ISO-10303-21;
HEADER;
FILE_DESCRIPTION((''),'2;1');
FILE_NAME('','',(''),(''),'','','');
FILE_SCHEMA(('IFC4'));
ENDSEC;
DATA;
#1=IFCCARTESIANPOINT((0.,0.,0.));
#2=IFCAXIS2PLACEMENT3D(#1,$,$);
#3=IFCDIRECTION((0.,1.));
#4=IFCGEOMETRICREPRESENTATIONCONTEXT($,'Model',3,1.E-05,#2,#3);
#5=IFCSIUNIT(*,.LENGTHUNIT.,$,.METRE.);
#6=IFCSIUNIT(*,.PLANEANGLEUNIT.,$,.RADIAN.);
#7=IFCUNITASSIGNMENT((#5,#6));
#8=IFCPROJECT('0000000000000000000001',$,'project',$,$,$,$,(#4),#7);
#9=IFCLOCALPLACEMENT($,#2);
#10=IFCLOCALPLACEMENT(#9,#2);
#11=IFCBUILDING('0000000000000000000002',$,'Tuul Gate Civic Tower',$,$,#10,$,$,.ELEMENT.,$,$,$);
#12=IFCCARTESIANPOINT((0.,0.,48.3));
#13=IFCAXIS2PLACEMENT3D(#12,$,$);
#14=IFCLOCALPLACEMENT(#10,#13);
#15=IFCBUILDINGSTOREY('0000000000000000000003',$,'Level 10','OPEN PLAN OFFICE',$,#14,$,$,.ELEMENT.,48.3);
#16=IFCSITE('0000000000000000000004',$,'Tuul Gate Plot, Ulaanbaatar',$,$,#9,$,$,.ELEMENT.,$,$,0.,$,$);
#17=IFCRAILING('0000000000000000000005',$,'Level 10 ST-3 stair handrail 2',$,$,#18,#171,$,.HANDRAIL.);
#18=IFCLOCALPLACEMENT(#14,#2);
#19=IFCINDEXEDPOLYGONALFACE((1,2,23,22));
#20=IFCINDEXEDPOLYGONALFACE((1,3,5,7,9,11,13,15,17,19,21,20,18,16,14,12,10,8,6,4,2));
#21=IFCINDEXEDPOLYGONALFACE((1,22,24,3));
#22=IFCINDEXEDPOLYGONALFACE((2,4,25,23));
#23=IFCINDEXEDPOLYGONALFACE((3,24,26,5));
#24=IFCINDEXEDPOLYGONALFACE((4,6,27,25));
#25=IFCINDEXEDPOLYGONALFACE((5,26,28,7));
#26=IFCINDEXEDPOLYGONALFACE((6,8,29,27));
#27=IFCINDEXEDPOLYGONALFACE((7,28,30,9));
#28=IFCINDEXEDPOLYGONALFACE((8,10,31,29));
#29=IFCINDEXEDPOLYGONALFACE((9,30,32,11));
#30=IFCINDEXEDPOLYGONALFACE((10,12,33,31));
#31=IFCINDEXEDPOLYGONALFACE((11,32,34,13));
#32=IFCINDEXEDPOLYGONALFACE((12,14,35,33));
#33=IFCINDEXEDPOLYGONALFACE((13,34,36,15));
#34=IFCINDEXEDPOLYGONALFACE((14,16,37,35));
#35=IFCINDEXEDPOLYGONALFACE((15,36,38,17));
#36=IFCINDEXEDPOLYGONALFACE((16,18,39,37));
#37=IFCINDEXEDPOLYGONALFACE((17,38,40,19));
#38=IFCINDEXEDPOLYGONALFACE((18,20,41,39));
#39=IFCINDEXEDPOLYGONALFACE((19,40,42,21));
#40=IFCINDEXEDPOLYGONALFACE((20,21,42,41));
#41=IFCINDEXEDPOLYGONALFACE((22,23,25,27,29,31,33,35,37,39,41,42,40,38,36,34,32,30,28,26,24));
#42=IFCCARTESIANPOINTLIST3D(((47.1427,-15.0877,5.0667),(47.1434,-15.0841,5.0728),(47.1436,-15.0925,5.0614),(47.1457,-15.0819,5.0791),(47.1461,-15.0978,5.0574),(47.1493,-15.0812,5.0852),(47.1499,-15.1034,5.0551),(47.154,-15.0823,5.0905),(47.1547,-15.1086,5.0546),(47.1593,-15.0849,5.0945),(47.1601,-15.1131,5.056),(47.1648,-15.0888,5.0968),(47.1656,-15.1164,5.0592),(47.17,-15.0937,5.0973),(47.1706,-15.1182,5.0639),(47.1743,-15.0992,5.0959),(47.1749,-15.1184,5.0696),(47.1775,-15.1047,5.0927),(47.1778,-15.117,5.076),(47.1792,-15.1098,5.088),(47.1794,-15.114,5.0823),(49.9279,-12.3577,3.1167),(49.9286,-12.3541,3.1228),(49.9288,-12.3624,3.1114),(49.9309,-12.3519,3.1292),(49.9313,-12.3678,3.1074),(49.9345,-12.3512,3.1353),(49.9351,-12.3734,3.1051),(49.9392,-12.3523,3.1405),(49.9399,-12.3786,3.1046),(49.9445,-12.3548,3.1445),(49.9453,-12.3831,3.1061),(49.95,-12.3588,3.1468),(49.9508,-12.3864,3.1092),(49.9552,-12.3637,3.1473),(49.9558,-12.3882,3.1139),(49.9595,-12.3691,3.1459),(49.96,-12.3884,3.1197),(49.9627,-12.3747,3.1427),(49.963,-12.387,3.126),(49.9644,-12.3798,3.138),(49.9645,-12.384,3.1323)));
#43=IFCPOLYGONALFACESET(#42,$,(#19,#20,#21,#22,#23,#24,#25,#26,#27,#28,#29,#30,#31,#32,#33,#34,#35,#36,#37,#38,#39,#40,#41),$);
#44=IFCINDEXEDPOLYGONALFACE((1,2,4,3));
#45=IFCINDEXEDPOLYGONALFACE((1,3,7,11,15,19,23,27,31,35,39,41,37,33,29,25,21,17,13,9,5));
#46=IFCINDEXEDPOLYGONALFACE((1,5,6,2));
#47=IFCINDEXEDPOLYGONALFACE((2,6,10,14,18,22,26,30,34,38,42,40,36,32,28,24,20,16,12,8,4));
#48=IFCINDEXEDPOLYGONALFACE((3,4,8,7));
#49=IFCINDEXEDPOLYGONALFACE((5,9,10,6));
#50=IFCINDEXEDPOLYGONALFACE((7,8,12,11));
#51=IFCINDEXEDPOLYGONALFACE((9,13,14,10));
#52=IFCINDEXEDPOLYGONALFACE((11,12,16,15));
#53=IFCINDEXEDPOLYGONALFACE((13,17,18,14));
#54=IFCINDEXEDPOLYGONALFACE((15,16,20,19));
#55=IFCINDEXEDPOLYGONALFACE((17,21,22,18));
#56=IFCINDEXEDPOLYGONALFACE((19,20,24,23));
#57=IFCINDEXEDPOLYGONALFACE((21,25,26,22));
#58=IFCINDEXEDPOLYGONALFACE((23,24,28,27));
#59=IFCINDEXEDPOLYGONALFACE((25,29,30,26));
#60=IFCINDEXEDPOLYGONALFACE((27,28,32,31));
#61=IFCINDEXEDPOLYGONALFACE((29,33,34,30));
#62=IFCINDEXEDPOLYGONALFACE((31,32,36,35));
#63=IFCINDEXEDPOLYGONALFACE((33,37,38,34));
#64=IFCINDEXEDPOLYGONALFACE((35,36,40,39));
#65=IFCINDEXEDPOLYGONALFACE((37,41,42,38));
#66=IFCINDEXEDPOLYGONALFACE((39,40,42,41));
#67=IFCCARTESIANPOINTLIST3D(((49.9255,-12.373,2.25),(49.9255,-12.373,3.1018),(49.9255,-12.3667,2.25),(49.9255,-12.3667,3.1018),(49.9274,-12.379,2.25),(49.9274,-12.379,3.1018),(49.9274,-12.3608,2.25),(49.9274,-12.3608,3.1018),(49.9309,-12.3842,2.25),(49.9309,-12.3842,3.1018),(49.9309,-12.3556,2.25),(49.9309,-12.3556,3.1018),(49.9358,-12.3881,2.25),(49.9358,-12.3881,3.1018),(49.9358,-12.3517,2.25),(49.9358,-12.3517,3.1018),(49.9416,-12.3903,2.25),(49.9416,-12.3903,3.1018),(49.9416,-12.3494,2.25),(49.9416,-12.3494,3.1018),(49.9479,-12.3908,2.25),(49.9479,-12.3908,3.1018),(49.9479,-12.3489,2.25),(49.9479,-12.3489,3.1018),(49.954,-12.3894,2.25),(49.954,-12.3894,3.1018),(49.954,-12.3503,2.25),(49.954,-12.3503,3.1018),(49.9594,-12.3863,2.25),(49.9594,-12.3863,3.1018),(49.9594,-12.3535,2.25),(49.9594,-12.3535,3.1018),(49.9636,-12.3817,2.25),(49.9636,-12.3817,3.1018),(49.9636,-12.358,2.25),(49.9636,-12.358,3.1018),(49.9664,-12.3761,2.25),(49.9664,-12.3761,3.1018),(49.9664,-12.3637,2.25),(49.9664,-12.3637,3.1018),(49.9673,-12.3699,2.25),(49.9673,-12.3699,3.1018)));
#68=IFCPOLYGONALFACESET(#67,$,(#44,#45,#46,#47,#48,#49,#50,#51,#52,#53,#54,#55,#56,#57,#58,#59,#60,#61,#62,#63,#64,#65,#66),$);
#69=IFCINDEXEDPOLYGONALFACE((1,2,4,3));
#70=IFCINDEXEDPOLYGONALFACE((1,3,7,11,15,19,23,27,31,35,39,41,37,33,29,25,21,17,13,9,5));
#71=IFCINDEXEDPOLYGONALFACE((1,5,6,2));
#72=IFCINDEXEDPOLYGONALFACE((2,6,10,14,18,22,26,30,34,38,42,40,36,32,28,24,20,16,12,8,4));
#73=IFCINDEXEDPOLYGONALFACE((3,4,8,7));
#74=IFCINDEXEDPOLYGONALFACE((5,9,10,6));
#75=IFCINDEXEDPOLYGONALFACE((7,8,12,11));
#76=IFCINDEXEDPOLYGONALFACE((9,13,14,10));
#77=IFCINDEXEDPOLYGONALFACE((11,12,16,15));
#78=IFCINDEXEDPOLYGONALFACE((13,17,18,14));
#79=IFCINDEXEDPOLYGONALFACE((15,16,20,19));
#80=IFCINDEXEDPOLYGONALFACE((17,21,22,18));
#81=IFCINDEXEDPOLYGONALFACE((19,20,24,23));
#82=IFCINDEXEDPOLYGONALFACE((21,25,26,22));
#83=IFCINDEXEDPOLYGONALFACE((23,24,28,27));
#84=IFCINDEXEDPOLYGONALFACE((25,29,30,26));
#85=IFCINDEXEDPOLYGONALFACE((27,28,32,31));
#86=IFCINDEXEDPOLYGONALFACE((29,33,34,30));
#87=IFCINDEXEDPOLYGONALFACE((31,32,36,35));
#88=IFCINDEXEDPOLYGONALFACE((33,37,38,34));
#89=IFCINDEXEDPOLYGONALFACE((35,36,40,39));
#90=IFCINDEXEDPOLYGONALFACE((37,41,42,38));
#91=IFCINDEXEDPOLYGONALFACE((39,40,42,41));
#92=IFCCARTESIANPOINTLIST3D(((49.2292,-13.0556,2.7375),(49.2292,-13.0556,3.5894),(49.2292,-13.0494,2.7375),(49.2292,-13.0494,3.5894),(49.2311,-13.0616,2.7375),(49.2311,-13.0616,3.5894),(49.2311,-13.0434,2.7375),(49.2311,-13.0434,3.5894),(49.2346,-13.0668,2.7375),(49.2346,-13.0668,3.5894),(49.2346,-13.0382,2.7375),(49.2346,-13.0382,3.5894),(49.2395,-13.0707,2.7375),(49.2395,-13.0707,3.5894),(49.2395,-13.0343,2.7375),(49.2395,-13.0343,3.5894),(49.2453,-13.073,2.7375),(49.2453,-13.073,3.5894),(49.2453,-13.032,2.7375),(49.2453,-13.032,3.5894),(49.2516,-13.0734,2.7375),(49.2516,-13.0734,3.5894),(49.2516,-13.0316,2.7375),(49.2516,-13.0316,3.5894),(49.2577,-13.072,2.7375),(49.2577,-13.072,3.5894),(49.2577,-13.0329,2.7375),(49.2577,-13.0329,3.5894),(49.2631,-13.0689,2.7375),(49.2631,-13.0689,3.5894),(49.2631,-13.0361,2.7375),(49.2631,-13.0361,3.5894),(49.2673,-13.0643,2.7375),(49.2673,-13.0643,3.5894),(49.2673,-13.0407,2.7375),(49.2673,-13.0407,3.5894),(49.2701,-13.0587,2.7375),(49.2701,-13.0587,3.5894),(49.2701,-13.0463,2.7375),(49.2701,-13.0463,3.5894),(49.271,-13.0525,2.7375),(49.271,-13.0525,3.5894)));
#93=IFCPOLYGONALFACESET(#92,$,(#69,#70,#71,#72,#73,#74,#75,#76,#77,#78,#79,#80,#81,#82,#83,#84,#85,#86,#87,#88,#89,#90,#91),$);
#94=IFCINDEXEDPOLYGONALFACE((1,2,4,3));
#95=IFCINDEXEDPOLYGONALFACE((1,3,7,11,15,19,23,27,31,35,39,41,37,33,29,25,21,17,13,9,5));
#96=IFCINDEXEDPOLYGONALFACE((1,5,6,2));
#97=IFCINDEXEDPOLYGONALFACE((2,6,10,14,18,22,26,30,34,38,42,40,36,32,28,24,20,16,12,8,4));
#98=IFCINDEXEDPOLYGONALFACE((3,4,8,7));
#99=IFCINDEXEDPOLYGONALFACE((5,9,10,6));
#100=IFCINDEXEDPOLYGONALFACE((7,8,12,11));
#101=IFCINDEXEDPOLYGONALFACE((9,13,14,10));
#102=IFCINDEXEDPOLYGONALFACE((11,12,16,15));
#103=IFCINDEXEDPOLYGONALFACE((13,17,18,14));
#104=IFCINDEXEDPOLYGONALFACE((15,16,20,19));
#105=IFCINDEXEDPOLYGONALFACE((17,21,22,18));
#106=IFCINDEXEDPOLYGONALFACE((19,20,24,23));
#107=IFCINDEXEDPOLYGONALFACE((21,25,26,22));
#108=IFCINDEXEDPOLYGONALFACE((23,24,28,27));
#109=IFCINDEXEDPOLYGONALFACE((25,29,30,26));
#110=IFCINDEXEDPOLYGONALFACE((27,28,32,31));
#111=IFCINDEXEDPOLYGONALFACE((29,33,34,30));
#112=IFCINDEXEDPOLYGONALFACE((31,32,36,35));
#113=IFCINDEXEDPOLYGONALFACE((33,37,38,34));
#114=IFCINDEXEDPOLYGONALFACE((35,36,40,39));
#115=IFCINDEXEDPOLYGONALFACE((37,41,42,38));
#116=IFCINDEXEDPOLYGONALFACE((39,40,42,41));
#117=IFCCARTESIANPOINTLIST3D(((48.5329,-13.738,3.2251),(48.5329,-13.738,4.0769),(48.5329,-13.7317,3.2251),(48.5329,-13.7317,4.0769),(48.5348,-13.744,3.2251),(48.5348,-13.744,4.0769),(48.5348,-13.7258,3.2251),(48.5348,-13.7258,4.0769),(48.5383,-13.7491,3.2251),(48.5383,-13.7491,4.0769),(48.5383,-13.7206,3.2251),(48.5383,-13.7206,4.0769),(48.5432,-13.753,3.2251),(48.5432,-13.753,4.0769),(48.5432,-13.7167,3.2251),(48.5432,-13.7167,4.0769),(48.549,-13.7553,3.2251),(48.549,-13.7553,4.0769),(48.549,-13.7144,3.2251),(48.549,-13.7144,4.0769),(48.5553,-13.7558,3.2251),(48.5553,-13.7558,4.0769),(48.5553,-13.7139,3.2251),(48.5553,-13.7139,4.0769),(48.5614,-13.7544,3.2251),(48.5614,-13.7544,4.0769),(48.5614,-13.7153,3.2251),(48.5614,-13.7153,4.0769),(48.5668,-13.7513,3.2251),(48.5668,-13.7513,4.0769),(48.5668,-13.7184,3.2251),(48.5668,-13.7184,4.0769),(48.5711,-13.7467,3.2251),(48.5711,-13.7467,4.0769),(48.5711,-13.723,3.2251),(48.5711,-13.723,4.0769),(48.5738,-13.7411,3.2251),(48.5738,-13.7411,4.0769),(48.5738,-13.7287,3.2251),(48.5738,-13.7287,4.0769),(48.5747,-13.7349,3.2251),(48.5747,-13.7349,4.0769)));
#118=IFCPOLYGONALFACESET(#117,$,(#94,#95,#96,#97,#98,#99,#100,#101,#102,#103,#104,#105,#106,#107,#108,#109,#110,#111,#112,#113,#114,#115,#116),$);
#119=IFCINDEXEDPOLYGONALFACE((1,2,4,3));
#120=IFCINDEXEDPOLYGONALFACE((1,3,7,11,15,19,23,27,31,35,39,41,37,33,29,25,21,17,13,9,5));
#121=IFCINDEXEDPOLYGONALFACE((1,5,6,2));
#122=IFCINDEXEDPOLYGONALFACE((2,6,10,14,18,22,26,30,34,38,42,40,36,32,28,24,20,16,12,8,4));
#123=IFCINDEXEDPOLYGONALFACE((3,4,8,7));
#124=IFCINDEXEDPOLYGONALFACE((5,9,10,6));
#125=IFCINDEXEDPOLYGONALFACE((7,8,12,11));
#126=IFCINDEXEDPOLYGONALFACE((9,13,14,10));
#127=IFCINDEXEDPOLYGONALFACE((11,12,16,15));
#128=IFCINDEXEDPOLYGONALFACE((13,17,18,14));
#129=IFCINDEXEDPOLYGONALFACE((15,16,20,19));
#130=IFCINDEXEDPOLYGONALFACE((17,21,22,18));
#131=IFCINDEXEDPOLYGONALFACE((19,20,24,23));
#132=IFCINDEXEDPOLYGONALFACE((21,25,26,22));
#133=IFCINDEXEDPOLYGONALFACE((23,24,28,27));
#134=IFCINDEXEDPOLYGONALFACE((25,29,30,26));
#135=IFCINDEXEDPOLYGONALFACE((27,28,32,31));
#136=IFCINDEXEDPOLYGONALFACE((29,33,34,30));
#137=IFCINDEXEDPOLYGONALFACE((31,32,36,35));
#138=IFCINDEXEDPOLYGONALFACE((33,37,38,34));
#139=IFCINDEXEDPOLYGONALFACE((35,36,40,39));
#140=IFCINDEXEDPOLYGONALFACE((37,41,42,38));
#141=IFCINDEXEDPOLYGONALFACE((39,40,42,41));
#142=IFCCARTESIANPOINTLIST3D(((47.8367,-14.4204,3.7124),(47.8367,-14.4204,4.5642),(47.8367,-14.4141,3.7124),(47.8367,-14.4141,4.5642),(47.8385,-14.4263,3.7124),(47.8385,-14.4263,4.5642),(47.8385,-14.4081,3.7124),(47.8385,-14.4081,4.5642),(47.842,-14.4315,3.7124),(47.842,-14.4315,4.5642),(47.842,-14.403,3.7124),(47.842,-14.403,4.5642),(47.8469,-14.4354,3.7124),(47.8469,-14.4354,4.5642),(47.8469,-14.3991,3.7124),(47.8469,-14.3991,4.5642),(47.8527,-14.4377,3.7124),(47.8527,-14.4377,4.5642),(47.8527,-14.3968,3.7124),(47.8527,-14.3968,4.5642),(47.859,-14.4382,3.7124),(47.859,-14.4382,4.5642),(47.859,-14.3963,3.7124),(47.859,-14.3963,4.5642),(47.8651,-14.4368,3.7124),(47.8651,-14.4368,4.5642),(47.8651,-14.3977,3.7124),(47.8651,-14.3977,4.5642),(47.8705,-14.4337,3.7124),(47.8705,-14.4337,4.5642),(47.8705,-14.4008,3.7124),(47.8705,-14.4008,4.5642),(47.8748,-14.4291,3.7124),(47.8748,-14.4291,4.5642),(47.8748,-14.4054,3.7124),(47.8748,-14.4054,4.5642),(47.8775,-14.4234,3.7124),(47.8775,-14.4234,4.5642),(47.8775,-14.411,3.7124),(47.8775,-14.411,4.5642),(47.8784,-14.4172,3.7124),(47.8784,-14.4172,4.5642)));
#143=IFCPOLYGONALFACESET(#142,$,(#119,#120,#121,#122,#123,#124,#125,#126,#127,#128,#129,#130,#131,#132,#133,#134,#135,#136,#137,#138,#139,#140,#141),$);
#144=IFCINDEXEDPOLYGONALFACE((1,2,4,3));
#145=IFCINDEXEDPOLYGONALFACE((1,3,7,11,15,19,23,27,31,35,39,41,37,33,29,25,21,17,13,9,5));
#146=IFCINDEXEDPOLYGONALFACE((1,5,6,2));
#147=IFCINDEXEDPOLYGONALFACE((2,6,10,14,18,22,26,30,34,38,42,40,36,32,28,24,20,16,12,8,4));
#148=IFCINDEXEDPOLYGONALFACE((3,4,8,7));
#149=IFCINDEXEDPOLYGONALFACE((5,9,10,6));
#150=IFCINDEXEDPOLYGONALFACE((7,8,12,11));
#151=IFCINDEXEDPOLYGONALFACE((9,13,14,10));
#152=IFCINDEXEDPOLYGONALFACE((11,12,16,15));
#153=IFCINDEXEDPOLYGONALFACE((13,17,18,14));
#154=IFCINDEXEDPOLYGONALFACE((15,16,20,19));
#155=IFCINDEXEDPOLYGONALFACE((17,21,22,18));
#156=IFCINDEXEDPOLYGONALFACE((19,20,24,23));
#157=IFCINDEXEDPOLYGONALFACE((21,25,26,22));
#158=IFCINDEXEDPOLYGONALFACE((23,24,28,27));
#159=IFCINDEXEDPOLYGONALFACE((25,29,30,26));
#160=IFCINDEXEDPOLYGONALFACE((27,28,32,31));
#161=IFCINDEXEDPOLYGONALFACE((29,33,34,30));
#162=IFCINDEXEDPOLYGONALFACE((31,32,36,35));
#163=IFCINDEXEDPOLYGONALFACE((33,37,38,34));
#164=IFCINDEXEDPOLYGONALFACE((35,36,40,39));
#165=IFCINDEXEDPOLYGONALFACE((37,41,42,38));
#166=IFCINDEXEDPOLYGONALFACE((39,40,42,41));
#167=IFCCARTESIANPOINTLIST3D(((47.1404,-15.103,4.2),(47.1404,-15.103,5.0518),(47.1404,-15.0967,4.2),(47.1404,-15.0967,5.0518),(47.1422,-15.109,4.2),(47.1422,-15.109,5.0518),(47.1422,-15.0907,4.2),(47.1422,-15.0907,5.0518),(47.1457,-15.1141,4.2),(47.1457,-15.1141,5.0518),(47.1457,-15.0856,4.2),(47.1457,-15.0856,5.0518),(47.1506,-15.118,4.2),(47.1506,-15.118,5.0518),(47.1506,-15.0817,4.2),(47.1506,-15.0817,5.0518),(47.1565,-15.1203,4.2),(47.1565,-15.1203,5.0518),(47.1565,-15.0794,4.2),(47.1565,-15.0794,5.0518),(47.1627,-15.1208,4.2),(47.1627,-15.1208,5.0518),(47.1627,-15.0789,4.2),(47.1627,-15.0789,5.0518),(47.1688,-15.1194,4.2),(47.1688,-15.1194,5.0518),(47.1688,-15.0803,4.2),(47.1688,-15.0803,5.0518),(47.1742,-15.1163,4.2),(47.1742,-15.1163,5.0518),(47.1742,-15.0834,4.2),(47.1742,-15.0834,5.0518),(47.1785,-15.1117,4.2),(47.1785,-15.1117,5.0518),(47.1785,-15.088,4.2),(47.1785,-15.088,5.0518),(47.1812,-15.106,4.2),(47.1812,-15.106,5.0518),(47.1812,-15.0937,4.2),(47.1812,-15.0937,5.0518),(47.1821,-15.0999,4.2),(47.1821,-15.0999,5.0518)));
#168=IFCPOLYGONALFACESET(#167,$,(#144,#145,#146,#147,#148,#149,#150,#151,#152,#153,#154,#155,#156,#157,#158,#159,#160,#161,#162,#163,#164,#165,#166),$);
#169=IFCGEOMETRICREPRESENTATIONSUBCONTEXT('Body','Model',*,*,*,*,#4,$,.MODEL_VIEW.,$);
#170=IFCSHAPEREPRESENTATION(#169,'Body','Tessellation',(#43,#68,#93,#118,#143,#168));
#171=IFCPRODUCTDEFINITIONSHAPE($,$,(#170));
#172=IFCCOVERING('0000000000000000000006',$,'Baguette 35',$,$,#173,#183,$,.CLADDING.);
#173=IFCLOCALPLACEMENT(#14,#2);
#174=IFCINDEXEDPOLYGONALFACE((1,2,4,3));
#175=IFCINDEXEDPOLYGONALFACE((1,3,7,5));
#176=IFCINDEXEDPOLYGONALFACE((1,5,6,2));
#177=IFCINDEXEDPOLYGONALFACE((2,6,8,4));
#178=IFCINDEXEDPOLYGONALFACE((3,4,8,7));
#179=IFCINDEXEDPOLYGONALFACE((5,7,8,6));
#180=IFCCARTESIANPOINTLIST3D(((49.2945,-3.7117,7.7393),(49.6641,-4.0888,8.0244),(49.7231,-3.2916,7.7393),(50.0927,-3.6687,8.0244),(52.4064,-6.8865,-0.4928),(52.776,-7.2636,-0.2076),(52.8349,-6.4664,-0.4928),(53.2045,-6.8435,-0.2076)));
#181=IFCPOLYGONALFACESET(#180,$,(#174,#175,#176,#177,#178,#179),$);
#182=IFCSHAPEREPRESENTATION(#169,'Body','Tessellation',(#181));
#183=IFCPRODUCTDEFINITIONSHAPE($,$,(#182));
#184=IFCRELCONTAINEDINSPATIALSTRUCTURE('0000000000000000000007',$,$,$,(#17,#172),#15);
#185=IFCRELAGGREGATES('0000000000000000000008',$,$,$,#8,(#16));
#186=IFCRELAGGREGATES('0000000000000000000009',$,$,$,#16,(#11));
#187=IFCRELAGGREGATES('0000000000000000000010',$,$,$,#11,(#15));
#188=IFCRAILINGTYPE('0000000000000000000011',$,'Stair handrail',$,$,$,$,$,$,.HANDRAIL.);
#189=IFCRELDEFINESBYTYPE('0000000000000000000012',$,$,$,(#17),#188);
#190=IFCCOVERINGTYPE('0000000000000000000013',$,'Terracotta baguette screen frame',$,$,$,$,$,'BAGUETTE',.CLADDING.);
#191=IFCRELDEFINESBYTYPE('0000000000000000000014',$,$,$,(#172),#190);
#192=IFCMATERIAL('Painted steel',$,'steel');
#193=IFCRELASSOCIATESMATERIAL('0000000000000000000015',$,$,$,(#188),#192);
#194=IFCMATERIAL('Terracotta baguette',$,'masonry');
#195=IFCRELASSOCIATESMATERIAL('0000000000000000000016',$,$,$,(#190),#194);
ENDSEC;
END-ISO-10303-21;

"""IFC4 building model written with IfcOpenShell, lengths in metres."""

from ifc_helpers import new_model, si_unit, direction, frame, origin, origin_2d, place, context, subcontext, project, spatial, rectangle, circle, extrude, material, material_profile, profile_set, type_object, element, save


model = new_model("IFC4")

# Units and contexts
model_context = context("Model", 3, precision=1e-05, world=origin(), true_north=direction((0.0, 1.0)))
body_context = subcontext(model_context, "Body", "Model", "MODEL_VIEW")
ifc_project = project(units=[si_unit("LENGTHUNIT", "METRE"), si_unit("PLANEANGLEUNIT", "RADIAN")], contexts=[model_context])

# Site, building, storey
site_placement = place(None, origin())
site = spatial("IfcSite", under=ifc_project, at=site_placement, Name="Tuul Gate Plot, Ulaanbaatar", CompositionType="ELEMENT", RefElevation=0.0)
building_placement = place(site_placement, origin())
building = spatial("IfcBuilding", under=site, at=building_placement, Name="Tuul Gate Civic Tower", CompositionType="ELEMENT")
storey_placement = place(building_placement, frame((0.0, 0.0, 48.3)))
storey = spatial("IfcBuildingStorey", under=building, at=storey_placement, Name="Level 10", Description="OPEN PLAN OFFICE", CompositionType="ELEMENT", Elevation=48.3)

# Railing
ifc_material_1 = material(Name="Painted steel", Category="steel")
railing_type = type_object("IfcRailingType", Name="Stair handrail", PredefinedType="HANDRAIL", material=ifc_material_1)
railing_placement = place(storey_placement, frame((49.9463, -12.3699, 2.25)))
element("IfcRailing", 1, at=railing_placement, inside=storey, type_object=railing_type, Name="Level 10 ST-3 stair handrail 2", PredefinedType="HANDRAIL", context=body_context, shape_type="SweptSolid", body=[
    extrude(circle(Radius=0.0239, at=origin_2d()), frame((0.0, 0.0, 0.876), z_axis=(-0.638754, -0.6261, 0.447206), x_axis=(0.699998, -0.714145, 0.0)), (0.0, 0.0, 1.0), 4.3604),
    extrude(circle(Radius=0.021, at=origin_2d()), origin(), (0.0, 0.0, 1.0), 0.8518),
    extrude(circle(Radius=0.021, at=origin_2d()), frame((-0.6963, -0.6826, 0.4875)), (0.0, 0.0, 1.0), 0.8518),
    extrude(circle(Radius=0.021, at=origin_2d()), frame((-1.3926, -1.365, 0.9751)), (0.0, 0.0, 1.0), 0.8518),
    extrude(circle(Radius=0.021, at=origin_2d()), frame((-2.0889, -2.0474, 1.4624)), (0.0, 0.0, 1.0), 0.8518),
    extrude(circle(Radius=0.021, at=origin_2d()), frame((-2.7852, -2.73, 1.95)), (0.0, 0.0, 1.0), 0.8518),
])

# Covering
ifc_material_2 = material(Name="Terracotta baguette", Category="masonry")
ifc_material_profile_1 = material_profile(ifc_material_2, rectangle(XDim=0.6001, YDim=0.6001, at=origin_2d()), Name="Terracotta baguette screen frame")
ifc_profile_set_1 = profile_set([ifc_material_profile_1], Name="Terracotta baguette")
covering_type = type_object("IfcCoveringType", Name="Terracotta baguette screen frame", ElementType="BAGUETTE", PredefinedType="CLADDING", material=ifc_profile_set_1)
covering_placement = place(storey_placement, frame((49.6936, -3.6902, 7.8818), z_axis=(0.332615, -0.339348, -0.879892), x_axis=(0.714156, 0.699987, 0.0)))
element("IfcCovering", 2, at=covering_placement, inside=storey, type_object=covering_type, Name="Baguette 35", PredefinedType="CLADDING", context=body_context, shape_type="SweptSolid", body=[
    extrude(rectangle(XDim=0.6001, YDim=0.6001, at=origin_2d()), origin(), (0.0, 0.0, 1.0), 9.3557),
])

save(model, "model.ifc")
